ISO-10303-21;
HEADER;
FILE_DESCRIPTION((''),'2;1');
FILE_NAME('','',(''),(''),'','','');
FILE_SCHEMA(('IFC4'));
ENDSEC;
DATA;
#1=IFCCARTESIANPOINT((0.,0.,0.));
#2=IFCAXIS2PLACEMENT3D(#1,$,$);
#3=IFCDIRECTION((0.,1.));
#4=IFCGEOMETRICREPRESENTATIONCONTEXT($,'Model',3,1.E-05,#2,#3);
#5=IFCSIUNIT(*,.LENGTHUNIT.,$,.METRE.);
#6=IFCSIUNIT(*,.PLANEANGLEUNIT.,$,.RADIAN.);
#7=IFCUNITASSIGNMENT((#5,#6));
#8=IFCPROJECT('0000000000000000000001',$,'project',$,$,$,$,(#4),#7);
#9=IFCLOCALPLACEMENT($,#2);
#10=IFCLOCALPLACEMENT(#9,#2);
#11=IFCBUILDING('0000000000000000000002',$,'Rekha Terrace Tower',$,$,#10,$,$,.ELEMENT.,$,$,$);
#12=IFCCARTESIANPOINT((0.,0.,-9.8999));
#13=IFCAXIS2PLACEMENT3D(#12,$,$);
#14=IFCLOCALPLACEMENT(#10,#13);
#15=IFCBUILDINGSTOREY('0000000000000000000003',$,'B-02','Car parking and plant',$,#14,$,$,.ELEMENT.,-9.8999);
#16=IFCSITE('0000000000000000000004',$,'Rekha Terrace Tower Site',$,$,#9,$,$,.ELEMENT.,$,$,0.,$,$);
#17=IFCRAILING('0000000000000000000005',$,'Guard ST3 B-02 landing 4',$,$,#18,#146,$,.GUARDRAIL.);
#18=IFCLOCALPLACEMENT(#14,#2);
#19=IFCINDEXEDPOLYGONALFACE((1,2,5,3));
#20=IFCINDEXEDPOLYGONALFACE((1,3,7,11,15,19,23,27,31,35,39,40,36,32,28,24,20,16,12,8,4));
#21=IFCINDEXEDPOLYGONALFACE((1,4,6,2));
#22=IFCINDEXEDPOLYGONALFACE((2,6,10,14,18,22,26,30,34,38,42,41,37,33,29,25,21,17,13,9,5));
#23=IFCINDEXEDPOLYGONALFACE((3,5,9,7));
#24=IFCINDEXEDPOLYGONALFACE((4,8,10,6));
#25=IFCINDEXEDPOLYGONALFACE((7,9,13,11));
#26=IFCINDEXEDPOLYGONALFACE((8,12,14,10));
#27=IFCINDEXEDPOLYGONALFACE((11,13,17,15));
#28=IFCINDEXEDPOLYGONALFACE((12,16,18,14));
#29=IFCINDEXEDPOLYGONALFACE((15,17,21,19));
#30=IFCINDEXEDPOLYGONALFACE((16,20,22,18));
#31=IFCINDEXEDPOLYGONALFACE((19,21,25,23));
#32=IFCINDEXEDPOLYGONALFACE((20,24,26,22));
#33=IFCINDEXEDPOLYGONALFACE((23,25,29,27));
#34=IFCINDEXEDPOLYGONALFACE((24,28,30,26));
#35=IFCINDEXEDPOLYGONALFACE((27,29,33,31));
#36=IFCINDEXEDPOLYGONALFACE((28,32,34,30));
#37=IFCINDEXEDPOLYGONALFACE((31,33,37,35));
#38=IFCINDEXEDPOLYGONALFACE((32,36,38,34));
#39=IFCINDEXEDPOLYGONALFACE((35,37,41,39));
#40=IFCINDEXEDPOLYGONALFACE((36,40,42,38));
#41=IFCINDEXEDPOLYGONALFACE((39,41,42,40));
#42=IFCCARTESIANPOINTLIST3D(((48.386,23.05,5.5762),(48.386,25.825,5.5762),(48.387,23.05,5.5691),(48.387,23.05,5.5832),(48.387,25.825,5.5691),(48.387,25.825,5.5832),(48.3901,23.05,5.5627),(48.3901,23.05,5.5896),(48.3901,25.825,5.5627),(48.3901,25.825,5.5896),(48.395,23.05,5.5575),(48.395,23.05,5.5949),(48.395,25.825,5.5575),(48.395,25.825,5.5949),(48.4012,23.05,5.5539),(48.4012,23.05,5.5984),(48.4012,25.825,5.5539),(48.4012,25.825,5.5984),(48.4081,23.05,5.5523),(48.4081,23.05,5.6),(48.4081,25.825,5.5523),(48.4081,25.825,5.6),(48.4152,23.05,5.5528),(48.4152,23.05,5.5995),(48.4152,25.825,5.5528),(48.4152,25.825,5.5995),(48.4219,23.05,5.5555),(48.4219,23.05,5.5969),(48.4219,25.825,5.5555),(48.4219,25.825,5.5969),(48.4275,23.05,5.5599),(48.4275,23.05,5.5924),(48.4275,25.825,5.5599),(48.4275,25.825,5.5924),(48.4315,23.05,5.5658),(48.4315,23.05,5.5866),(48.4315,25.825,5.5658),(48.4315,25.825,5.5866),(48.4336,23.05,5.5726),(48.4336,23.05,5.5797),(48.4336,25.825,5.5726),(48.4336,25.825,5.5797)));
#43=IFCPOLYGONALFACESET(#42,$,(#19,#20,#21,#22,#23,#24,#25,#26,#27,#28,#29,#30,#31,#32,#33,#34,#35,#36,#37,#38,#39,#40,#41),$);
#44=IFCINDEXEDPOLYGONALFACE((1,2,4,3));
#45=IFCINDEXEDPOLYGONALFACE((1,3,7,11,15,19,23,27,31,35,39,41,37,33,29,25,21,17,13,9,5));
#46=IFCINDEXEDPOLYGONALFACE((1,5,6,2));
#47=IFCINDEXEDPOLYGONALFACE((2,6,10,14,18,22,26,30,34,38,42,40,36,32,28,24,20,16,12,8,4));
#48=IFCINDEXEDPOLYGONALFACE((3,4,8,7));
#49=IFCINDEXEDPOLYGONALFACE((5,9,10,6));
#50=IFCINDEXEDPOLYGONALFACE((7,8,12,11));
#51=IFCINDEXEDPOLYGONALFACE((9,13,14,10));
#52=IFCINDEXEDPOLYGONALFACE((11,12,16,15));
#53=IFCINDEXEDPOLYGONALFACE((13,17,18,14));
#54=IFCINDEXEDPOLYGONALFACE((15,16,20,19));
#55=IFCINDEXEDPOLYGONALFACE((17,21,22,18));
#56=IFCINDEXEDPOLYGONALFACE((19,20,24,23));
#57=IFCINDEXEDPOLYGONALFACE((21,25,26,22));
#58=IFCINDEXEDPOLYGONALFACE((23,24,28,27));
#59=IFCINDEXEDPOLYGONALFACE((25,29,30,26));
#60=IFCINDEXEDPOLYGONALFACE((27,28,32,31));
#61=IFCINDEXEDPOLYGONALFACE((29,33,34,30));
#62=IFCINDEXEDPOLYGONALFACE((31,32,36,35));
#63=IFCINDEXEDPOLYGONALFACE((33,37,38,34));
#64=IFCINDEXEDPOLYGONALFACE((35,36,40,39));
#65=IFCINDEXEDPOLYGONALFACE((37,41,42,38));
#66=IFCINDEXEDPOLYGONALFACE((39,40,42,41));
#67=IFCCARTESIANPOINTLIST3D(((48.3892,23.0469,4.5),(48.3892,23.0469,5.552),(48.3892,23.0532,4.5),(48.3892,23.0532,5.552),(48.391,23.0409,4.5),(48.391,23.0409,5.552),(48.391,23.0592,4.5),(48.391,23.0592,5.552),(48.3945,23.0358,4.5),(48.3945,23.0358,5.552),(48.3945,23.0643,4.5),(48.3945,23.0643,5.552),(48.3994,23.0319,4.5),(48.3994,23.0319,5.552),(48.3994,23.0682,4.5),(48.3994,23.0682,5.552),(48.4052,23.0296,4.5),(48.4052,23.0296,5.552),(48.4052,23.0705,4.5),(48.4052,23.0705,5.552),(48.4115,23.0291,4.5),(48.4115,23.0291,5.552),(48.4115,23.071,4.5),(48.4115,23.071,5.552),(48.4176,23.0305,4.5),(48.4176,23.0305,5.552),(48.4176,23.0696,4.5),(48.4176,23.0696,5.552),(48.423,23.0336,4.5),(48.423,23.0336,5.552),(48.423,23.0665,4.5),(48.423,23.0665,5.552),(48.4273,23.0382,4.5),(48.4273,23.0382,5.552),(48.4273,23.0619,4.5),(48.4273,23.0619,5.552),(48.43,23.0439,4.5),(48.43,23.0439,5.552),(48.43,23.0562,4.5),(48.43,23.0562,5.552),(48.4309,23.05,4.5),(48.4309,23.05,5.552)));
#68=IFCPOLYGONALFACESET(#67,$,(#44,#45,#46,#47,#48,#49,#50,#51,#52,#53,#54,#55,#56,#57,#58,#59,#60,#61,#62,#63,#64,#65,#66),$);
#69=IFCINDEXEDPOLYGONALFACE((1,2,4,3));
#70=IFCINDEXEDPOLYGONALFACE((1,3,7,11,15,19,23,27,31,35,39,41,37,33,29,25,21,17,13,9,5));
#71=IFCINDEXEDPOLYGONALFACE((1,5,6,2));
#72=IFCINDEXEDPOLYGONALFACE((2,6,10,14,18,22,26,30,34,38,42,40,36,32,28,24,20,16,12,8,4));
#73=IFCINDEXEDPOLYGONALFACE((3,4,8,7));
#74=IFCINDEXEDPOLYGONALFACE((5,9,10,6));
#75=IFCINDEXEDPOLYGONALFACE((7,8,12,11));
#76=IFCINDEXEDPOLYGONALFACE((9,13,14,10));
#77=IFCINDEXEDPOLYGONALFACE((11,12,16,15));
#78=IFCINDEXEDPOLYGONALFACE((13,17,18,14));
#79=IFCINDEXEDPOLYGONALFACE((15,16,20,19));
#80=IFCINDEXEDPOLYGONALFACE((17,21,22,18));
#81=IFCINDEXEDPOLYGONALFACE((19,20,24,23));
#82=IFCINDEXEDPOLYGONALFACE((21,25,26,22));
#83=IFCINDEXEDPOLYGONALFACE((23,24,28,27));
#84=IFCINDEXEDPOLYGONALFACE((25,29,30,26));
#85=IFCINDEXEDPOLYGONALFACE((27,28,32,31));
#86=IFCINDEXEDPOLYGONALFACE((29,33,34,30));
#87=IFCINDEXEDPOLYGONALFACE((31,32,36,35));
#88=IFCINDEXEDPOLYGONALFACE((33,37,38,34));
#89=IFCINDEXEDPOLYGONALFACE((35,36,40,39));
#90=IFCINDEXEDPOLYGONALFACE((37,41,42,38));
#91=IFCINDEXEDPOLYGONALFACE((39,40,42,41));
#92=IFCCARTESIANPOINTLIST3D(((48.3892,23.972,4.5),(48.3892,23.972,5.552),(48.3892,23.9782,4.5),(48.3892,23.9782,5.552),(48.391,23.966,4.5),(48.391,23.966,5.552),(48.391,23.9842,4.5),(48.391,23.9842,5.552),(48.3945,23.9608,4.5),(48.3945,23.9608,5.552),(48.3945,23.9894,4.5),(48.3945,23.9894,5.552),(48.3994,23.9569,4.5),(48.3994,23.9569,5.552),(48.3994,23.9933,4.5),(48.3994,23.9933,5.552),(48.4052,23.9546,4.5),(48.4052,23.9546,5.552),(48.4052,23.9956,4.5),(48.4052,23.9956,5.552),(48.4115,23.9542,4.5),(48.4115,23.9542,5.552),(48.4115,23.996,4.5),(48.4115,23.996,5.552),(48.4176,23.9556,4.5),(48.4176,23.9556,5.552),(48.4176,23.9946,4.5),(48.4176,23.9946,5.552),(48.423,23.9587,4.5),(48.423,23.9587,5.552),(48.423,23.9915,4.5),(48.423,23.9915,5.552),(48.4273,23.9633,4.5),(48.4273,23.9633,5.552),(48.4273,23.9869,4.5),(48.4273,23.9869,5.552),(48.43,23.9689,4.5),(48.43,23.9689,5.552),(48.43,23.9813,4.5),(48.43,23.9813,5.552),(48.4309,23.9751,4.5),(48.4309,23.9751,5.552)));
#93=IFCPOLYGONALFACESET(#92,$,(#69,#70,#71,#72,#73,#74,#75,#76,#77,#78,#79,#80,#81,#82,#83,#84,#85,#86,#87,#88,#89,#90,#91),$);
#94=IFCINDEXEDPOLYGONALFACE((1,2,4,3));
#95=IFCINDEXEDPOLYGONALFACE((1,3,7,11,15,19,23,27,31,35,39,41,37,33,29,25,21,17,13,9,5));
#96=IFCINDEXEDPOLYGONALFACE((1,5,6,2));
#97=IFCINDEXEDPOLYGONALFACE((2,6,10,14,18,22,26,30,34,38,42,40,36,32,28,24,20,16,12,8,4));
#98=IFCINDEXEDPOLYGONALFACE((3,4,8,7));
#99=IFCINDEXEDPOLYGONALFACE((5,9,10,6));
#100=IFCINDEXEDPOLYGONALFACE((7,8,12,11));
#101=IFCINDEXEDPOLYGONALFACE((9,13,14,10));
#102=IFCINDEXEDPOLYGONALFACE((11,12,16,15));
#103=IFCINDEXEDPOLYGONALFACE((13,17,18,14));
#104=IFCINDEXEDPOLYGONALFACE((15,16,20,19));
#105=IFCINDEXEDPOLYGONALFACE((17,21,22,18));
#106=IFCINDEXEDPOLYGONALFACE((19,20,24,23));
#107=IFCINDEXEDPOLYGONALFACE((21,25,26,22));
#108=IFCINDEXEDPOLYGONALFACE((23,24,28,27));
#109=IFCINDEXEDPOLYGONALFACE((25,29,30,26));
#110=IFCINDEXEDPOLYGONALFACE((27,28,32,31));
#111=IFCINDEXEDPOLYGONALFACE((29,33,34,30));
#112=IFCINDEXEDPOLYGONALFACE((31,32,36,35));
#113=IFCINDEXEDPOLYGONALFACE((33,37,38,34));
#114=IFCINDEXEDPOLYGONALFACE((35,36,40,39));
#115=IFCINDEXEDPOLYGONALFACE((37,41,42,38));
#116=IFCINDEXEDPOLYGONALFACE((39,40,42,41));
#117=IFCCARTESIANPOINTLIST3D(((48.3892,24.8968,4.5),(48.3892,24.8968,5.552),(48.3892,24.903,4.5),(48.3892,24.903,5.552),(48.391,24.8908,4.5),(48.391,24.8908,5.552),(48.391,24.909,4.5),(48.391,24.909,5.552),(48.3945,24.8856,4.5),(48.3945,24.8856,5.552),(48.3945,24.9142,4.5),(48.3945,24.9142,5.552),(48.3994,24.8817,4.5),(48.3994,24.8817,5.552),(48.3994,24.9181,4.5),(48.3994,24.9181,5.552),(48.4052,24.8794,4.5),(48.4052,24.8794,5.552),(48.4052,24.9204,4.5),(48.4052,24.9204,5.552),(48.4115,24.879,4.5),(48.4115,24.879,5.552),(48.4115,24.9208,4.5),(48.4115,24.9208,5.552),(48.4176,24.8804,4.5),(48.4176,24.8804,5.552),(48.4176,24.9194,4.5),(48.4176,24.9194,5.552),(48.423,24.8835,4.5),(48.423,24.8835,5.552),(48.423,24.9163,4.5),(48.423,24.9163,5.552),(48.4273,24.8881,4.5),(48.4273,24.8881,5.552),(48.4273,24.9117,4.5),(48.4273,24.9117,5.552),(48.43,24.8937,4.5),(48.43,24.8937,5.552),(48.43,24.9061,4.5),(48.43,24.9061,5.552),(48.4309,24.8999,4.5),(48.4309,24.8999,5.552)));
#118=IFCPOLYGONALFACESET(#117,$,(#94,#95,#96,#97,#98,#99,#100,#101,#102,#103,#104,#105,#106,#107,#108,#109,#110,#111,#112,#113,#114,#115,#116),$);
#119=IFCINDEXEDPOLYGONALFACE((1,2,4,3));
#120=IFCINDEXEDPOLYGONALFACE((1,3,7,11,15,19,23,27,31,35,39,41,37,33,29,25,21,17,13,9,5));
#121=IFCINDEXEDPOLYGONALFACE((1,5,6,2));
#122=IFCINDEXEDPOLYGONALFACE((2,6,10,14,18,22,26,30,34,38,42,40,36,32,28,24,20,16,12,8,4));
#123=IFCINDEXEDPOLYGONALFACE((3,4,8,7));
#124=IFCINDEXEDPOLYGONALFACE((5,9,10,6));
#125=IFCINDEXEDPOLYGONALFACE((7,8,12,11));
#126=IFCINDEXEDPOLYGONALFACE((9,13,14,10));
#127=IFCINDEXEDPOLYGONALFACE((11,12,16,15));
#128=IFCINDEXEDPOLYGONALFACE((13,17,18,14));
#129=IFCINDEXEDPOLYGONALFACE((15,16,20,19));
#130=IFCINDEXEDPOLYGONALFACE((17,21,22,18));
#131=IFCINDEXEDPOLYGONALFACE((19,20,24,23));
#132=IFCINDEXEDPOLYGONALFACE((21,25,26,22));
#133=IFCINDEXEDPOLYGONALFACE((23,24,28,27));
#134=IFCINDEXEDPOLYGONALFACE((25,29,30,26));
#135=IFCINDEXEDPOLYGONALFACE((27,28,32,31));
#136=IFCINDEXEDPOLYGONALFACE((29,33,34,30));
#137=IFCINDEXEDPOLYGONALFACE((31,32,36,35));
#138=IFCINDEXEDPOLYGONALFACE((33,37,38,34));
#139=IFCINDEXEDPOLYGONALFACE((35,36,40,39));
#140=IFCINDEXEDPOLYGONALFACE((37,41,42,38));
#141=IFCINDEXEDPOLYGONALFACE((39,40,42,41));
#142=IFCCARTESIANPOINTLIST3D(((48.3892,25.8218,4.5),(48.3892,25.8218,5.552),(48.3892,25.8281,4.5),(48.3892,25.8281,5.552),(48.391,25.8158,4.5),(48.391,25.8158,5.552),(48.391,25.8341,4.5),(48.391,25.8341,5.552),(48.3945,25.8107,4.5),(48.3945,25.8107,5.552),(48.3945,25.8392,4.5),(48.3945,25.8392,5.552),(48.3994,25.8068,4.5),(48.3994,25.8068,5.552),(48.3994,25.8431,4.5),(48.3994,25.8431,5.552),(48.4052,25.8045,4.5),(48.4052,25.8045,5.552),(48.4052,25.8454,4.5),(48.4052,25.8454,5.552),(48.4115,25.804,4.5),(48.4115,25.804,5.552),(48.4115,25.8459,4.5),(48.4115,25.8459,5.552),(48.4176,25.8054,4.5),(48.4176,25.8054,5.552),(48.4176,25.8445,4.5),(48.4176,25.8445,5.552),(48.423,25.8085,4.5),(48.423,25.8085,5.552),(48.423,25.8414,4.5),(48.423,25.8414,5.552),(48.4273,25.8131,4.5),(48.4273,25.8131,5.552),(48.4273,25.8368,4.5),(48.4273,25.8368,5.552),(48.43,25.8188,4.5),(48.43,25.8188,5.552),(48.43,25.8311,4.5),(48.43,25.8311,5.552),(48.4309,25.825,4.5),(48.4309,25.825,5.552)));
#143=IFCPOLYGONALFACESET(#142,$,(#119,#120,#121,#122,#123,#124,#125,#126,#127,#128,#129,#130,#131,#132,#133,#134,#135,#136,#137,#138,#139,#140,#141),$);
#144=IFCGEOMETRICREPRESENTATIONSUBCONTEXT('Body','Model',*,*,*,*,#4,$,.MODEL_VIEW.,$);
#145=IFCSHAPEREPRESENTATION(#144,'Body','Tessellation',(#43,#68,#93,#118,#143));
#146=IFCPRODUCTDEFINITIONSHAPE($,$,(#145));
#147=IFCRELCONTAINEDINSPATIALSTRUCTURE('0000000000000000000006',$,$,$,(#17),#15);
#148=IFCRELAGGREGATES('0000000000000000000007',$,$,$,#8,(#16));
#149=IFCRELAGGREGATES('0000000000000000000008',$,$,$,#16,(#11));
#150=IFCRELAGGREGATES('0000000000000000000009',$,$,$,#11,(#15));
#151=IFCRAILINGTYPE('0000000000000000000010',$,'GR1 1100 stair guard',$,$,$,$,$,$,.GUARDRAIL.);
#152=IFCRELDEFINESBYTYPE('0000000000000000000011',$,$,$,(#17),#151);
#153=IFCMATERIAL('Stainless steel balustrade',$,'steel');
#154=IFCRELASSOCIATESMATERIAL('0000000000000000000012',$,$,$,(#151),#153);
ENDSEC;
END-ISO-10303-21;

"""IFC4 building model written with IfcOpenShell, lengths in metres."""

from ifc_helpers import new_model, si_unit, direction, frame, origin, origin_2d, place, context, subcontext, project, spatial, circle, extrude, material, type_object, element, save


model = new_model("IFC4")

# Units and contexts
model_context = context("Model", 3, precision=1e-05, world=origin(), true_north=direction((0.0, 1.0)))
body_context = subcontext(model_context, "Body", "Model", "MODEL_VIEW")
ifc_project = project(units=[si_unit("LENGTHUNIT", "METRE"), si_unit("PLANEANGLEUNIT", "RADIAN")], contexts=[model_context])

# Site, building, storey
site_placement = place(None, origin())
site = spatial("IfcSite", under=ifc_project, at=site_placement, Name="Rekha Terrace Tower Site", CompositionType="ELEMENT", RefElevation=0.0)
building_placement = place(site_placement, origin())
building = spatial("IfcBuilding", under=site, at=building_placement, Name="Rekha Terrace Tower", CompositionType="ELEMENT")
storey_placement = place(building_placement, frame((0.0, 0.0, -9.8999)))
storey = spatial("IfcBuildingStorey", under=building, at=storey_placement, Name="B-02", Description="Car parking and plant", CompositionType="ELEMENT", Elevation=-9.8999)

# Railing
ifc_material_1 = material(Name="Stainless steel balustrade", Category="steel")
railing_type_1 = type_object("IfcRailingType", Name="GR1 1100 stair guard", PredefinedType="GUARDRAIL", material=ifc_material_1)
railing_1_placement = place(storey_placement, frame((48.4099, 23.05, 4.5)))
element("IfcRailing", 1, at=railing_1_placement, inside=storey, type_object=railing_type_1, Name="Guard ST3 B-02 landing 4", PredefinedType="GUARDRAIL", context=body_context, shape_type="SweptSolid", body=[
    extrude(circle(Radius=0.0239, at=origin_2d()), frame((0.0, 0.0, 1.0762), z_axis=(0.0, 1.0, 0.0), x_axis=(-1.0, 0.0, 0.0)), (0.0, 0.0, 1.0), 2.7749),
    extrude(circle(Radius=0.021, at=origin_2d()), origin(), (0.0, 0.0, 1.0), 1.052),
    extrude(circle(Radius=0.021, at=origin_2d()), frame((0.0, 0.925, 0.0)), (0.0, 0.0, 1.0), 1.052),
    extrude(circle(Radius=0.021, at=origin_2d()), frame((0.0, 1.8499, 0.0)), (0.0, 0.0, 1.0), 1.052),
    extrude(circle(Radius=0.021, at=origin_2d()), frame((0.0, 2.7749, 0.0)), (0.0, 0.0, 1.0), 1.052),
])

save(model, "model.ifc")
